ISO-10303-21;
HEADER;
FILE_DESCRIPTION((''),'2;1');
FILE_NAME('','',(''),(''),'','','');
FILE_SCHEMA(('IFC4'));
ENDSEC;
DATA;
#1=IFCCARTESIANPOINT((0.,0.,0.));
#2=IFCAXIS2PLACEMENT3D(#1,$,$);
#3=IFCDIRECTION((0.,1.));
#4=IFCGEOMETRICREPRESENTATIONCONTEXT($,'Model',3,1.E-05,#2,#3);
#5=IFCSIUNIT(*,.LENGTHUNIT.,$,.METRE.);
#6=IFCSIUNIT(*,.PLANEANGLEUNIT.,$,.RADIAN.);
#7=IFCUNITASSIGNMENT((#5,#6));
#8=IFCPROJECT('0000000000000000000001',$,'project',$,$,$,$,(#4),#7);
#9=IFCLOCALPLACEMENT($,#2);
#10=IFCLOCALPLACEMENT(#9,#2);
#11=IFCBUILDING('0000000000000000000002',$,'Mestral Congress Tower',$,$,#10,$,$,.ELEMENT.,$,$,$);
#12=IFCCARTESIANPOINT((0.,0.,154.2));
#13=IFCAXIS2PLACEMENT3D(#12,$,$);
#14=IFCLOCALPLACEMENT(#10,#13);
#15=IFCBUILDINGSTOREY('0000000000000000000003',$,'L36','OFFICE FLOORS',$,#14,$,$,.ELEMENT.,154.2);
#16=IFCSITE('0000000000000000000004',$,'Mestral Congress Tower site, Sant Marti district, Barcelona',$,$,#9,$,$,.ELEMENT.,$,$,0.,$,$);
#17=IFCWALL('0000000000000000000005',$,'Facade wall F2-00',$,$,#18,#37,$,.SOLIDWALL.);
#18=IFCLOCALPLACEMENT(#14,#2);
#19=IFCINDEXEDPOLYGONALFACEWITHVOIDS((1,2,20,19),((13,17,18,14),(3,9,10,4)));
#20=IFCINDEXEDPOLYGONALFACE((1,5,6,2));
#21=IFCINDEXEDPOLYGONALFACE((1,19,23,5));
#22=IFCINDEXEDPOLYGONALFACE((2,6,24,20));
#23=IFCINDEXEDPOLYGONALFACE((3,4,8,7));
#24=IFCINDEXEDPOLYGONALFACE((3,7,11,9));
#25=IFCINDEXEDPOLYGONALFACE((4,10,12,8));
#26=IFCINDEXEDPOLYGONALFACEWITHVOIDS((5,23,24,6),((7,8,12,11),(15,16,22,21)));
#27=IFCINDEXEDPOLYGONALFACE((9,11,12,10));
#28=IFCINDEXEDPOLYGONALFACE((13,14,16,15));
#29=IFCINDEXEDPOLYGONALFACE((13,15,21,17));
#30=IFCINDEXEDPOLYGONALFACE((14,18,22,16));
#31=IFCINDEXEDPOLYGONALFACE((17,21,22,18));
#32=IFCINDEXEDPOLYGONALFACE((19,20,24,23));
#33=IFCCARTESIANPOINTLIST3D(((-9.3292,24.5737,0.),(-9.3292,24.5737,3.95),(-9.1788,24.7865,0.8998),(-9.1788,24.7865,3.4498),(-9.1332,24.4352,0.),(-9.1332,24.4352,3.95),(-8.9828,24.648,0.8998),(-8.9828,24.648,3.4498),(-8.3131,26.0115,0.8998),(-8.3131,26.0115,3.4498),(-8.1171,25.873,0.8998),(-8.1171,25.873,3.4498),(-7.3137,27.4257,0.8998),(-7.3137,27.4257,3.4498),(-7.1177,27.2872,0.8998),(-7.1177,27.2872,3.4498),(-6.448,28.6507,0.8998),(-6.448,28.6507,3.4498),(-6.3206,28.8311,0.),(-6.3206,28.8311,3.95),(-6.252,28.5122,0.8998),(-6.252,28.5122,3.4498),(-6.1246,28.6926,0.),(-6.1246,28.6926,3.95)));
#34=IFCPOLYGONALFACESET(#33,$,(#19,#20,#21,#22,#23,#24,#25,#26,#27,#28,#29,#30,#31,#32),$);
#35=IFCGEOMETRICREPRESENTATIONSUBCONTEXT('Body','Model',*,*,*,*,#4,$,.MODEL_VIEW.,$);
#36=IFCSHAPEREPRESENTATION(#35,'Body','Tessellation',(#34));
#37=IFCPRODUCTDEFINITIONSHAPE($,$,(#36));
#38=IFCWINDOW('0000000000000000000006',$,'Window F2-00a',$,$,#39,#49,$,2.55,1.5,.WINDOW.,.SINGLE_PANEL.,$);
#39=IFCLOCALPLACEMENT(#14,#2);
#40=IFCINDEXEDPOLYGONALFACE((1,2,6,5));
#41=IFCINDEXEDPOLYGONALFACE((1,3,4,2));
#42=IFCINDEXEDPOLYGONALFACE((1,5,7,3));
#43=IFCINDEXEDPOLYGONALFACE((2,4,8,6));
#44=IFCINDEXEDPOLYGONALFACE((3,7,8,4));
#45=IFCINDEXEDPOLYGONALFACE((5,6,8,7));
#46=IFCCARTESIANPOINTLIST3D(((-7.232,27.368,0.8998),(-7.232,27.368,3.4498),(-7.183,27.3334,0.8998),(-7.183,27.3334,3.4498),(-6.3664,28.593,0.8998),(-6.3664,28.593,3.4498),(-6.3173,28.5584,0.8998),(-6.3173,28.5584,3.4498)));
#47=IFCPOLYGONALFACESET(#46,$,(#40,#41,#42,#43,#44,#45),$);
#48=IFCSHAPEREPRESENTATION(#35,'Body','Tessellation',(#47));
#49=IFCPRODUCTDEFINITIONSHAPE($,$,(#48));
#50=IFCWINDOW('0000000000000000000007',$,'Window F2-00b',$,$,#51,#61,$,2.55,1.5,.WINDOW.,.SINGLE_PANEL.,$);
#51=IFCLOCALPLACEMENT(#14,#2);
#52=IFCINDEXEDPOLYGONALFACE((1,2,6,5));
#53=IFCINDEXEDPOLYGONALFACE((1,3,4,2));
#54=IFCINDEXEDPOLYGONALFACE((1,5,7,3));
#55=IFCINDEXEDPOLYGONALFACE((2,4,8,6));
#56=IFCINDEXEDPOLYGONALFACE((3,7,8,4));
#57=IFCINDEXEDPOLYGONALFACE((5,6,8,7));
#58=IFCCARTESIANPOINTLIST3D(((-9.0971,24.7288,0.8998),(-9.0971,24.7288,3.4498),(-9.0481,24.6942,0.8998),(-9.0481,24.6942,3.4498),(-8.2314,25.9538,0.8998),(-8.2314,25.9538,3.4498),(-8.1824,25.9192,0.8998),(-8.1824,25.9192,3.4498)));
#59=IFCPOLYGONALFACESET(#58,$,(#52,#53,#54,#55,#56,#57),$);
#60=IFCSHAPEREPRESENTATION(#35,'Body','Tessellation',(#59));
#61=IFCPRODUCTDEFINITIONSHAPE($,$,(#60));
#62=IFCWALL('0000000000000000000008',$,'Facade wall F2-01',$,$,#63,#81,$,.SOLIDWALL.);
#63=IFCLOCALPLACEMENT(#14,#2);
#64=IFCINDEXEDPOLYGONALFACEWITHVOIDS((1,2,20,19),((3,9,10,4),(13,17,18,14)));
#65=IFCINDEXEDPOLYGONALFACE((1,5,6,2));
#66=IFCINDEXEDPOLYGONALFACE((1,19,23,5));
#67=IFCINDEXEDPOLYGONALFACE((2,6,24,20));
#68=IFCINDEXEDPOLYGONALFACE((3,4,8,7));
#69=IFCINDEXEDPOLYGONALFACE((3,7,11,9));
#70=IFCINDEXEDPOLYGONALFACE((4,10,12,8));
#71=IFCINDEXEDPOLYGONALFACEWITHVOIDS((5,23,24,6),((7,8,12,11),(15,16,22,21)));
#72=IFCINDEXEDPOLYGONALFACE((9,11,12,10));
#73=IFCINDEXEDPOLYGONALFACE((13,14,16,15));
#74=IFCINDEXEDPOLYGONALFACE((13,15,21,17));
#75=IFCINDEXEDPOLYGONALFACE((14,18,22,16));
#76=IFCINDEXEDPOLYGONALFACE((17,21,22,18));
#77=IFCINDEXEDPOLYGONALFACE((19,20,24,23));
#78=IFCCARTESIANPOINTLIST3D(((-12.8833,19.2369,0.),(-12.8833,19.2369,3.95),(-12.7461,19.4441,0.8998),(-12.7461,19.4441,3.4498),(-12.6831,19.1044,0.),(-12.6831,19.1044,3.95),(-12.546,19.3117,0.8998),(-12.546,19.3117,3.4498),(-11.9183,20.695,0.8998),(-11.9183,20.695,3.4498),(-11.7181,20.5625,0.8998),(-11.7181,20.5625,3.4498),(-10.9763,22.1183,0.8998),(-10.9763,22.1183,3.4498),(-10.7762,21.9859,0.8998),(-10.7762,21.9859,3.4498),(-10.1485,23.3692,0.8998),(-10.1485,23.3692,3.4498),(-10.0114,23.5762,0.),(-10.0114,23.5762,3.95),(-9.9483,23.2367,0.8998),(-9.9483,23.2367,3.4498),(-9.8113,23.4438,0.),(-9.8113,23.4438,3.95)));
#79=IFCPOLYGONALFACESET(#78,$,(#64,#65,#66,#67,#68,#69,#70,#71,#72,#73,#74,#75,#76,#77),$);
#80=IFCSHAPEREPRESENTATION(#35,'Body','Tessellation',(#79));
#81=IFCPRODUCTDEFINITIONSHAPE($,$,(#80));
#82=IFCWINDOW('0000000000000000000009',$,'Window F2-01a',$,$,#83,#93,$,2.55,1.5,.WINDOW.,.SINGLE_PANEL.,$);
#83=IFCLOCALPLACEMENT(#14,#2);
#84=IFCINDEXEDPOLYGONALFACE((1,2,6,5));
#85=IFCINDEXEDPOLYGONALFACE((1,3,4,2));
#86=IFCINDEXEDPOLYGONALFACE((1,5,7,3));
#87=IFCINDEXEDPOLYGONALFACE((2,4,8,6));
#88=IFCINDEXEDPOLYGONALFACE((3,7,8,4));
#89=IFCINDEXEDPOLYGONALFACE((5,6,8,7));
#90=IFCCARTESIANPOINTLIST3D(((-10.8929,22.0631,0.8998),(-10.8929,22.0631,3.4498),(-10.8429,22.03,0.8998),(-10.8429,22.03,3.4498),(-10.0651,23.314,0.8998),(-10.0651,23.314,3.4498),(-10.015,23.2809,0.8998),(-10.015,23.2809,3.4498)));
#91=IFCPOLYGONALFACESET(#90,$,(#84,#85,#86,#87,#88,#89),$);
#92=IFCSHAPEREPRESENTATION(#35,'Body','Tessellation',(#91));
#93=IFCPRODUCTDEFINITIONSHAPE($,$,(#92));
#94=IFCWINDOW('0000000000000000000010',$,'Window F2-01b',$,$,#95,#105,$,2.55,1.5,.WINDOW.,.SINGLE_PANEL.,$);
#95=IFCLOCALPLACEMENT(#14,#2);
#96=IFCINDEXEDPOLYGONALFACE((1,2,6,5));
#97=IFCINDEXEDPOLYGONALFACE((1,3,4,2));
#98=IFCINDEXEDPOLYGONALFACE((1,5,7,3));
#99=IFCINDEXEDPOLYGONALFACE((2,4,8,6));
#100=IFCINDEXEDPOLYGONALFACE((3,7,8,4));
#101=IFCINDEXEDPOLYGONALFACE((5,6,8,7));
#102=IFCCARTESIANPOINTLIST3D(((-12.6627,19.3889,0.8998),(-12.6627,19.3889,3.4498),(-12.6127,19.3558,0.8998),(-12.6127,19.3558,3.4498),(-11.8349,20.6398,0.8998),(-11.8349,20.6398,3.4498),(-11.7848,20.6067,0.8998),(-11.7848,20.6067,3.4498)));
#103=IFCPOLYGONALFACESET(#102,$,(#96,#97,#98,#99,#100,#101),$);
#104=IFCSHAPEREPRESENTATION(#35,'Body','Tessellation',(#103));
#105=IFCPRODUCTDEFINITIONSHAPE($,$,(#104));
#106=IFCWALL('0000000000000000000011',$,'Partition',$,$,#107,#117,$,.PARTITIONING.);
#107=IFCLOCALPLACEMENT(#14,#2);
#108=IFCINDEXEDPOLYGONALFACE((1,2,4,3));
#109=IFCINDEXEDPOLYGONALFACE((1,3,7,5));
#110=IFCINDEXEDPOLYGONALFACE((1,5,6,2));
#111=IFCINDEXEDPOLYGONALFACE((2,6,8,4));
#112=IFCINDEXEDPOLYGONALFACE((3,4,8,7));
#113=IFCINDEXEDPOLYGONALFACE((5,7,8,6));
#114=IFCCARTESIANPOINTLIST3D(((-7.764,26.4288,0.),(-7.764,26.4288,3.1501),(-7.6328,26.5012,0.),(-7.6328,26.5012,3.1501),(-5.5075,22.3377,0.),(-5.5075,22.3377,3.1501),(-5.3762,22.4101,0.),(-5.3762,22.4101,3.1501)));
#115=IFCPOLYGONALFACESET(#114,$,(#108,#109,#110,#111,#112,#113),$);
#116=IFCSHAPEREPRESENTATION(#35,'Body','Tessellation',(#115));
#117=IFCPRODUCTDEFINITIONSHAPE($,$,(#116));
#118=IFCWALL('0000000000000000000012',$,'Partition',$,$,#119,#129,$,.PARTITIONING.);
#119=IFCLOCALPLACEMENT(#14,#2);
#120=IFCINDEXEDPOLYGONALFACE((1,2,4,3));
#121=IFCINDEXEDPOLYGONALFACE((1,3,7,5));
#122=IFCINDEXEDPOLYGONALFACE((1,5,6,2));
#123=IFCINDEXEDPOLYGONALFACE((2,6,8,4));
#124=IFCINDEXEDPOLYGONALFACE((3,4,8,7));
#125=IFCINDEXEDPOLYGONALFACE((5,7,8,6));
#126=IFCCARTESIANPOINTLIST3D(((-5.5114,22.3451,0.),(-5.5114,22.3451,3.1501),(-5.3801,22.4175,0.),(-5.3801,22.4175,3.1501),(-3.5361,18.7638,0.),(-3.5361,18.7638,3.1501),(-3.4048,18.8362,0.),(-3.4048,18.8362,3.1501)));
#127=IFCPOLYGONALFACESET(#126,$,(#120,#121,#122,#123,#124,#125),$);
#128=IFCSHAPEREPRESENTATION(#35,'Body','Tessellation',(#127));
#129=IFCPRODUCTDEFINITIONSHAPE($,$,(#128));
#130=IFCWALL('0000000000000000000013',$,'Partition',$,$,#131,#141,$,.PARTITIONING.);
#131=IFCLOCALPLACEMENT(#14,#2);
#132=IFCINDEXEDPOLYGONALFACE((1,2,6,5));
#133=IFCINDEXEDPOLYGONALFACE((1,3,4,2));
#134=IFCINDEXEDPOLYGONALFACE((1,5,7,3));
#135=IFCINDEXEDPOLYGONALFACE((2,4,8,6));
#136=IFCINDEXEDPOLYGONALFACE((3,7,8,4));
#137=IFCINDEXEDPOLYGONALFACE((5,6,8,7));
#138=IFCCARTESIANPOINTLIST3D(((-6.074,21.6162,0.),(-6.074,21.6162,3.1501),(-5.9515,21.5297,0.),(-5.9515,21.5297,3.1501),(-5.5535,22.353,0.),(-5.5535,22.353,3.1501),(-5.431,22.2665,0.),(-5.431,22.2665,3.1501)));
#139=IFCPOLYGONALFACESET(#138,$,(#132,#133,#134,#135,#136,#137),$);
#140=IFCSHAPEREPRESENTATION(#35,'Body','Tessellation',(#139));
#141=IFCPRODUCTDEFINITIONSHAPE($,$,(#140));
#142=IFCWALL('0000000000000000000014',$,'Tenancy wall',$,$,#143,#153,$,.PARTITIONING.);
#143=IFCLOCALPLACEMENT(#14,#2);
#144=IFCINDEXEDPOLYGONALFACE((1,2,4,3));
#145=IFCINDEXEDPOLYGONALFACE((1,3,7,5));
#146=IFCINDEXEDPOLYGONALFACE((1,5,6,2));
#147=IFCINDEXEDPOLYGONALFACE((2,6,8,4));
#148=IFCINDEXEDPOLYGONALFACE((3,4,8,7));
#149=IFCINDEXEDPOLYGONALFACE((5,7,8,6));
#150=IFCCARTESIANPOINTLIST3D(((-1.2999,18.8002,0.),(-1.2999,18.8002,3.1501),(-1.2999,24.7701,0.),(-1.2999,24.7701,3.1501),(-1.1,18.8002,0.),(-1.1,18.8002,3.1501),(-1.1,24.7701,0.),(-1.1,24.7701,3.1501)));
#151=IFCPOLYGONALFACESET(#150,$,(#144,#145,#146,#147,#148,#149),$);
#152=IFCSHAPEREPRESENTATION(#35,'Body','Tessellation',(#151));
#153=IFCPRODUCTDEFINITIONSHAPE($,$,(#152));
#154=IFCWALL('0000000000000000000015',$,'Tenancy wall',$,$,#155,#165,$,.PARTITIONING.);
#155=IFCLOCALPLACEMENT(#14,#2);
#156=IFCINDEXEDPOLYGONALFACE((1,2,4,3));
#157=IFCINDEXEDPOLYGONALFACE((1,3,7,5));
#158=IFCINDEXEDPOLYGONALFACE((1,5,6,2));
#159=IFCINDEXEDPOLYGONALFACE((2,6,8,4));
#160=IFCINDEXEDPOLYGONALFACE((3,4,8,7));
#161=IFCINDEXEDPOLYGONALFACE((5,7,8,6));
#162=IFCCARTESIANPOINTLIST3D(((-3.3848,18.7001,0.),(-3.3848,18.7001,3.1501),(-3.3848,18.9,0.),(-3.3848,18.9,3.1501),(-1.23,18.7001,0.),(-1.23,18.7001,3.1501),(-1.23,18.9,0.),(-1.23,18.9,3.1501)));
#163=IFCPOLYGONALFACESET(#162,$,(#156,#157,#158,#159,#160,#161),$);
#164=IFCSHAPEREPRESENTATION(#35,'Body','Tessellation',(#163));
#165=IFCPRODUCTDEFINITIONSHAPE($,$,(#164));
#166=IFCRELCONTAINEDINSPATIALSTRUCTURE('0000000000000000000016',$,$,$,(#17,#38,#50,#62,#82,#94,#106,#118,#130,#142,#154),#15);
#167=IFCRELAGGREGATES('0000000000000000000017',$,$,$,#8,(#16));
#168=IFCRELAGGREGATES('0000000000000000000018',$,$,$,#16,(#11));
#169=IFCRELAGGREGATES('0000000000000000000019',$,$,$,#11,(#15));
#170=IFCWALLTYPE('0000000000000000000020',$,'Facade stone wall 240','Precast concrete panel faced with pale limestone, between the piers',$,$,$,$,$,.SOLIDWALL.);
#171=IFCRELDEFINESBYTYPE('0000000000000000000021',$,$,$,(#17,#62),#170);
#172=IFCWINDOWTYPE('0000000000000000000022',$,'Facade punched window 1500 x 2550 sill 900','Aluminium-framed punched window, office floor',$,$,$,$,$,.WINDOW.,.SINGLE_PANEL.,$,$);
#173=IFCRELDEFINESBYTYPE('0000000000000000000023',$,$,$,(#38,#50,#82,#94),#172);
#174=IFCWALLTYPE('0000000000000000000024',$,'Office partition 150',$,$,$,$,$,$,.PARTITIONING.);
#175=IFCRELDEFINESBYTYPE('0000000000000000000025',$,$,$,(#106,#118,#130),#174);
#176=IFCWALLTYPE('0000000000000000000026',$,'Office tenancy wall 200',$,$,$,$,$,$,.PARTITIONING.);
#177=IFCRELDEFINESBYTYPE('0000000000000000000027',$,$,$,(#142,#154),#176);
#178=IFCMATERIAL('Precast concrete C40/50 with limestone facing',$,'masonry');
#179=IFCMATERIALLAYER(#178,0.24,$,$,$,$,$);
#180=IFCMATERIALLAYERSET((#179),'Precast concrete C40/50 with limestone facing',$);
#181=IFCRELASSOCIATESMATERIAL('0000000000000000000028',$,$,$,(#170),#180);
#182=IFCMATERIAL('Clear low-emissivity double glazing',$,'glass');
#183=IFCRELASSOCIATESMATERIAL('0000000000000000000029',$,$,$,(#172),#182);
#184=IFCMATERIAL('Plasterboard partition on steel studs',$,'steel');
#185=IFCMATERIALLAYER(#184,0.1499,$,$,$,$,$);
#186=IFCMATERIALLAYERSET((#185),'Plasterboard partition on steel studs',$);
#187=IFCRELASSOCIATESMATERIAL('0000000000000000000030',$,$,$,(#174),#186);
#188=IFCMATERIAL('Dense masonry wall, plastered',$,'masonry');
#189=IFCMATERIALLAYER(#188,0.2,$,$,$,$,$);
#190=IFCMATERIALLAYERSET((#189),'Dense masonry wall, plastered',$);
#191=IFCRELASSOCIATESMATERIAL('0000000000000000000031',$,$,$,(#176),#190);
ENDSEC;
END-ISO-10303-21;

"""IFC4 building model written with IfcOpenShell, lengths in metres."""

from ifc_helpers import new_model, si_unit, direction, frame, frame_2d, origin, place, context, subcontext, project, spatial, rectangle, extrude, material, layer, layer_set, type_object, element, fill, save


model = new_model("IFC4")

# Units and contexts
model_context = context("Model", 3, precision=1e-05, world=origin(), true_north=direction((0.0, 1.0)))
body_context = subcontext(model_context, "Body", "Model", "MODEL_VIEW")
ifc_project = project(units=[si_unit("LENGTHUNIT", "METRE"), si_unit("PLANEANGLEUNIT", "RADIAN")], contexts=[model_context])

# Site, building, storey
site_placement = place(None, origin())
site = spatial("IfcSite", under=ifc_project, at=site_placement, Name="Mestral Congress Tower site, Sant Marti district, Barcelona", CompositionType="ELEMENT", RefElevation=0.0)
building_placement = place(site_placement, origin())
building = spatial("IfcBuilding", under=site, at=building_placement, Name="Mestral Congress Tower", CompositionType="ELEMENT")
storey_placement = place(building_placement, frame((0.0, 0.0, 154.2)))
storey = spatial("IfcBuildingStorey", under=building, at=storey_placement, Name="L36", Description="OFFICE FLOORS", CompositionType="ELEMENT", Elevation=154.2)

# Shared definitions
ifc_material_1 = material(Name="Precast concrete C40/50 with limestone facing", Category="masonry")
ifc_layer_1 = layer(ifc_material_1, 0.24)
ifc_layer_set_1 = layer_set([ifc_layer_1], Name="Precast concrete C40/50 with limestone facing")
wall_type_1 = type_object("IfcWallType", Name="Facade stone wall 240", Description="Precast concrete panel faced with pale limestone, between the piers", PredefinedType="SOLIDWALL", material=ifc_layer_set_1)
ifc_material_2 = material(Name="Clear low-emissivity double glazing", Category="glass")

# Walls, openings, windows
wall_1_placement = place(storey_placement, frame((-6.2227, 28.7617, 0.0), z_axis=(0.0, 0.0, 1.0), x_axis=(-0.577115, -0.816663, 0.0)))
wall_1 = element("IfcWall", 1, at=wall_1_placement, inside=storey, type_object=wall_type_1, Name="Facade wall F2-00", PredefinedType="SOLIDWALL", context=body_context, shape_type="SweptSolid", body=[
    extrude(rectangle(XDim=5.2131, YDim=0.24, at=frame_2d((2.6064, 0.0))), origin(), (0.0, 0.0, 1.0), 3.95),
])
opening_1_placement = place(wall_1_placement, frame((0.2207, 0.0, 0.8999)))
opening_1 = element("IfcOpeningElement", 2, at=opening_1_placement, cuts=wall_1, PredefinedType="OPENING", context=body_context, shape_type="SweptSolid", body=[
    extrude(rectangle(XDim=1.5, YDim=2.55, at=frame_2d((0.75, 1.2749))), frame((0.0, 0.1299, 0.0), z_axis=(0.0, -1.0, 0.0), x_axis=(1.0, 0.0, 0.0)), (0.0, 0.0, 1.0), 0.26),
])
opening_2_placement = place(wall_1_placement, frame((3.4524, 0.0, 0.8999)))
opening_2 = element("IfcOpeningElement", 3, at=opening_2_placement, cuts=wall_1, PredefinedType="OPENING", context=body_context, shape_type="SweptSolid", body=[
    extrude(rectangle(XDim=1.5, YDim=2.55, at=frame_2d((0.75, 1.2749))), frame((0.0, 0.1299, 0.0), z_axis=(0.0, -1.0, 0.0), x_axis=(1.0, 0.0, 0.0)), (0.0, 0.0, 1.0), 0.26),
])
window_type_1 = type_object("IfcWindowType", Name="Facade punched window 1500 x 2550 sill 900", Description="Aluminium-framed punched window, office floor", PartitioningType="SINGLE_PANEL", PredefinedType="WINDOW", material=ifc_material_2)
window_1_placement = place(opening_1_placement, origin())
window_1 = element("IfcWindow", 4, at=window_1_placement, inside=storey, type_object=window_type_1, Name="Window F2-00a", OverallHeight=2.55, OverallWidth=1.5, PartitioningType="SINGLE_PANEL", PredefinedType="WINDOW", context=body_context, shape_type="SweptSolid", body=[
    extrude(rectangle(XDim=1.5, YDim=2.55, at=frame_2d((0.75, 1.2749))), frame((0.0, 0.04, 0.0), z_axis=(0.0, -1.0, 0.0), x_axis=(1.0, 0.0, 0.0)), (0.0, 0.0, 1.0), 0.0601),
])
fill(opening_1, window_1)
window_2_placement = place(opening_2_placement, origin())
window_2 = element("IfcWindow", 5, at=window_2_placement, inside=storey, type_object=window_type_1, Name="Window F2-00b", OverallHeight=2.55, OverallWidth=1.5, PartitioningType="SINGLE_PANEL", PredefinedType="WINDOW", context=body_context, shape_type="SweptSolid", body=[
    extrude(rectangle(XDim=1.5, YDim=2.55, at=frame_2d((0.75, 1.2749))), frame((0.0, 0.04, 0.0), z_axis=(0.0, -1.0, 0.0), x_axis=(1.0, 0.0, 0.0)), (0.0, 0.0, 1.0), 0.0601),
])
fill(opening_2, window_2)
wall_2_placement = place(storey_placement, frame((-9.9114, 23.51, 0.0), z_axis=(0.0, 0.0, 1.0), x_axis=(-0.551893, -0.833915, 0.0)))
wall_2 = element("IfcWall", 6, at=wall_2_placement, inside=storey, type_object=wall_type_1, Name="Facade wall F2-01", PredefinedType="SOLIDWALL", context=body_context, shape_type="SweptSolid", body=[
    extrude(rectangle(XDim=5.2036, YDim=0.24, at=frame_2d((2.6018, 0.0))), origin(), (0.0, 0.0, 1.0), 3.95),
])
opening_3_placement = place(wall_2_placement, frame((0.2483, 0.0, 0.8999)))
opening_3 = element("IfcOpeningElement", 7, at=opening_3_placement, cuts=wall_2, PredefinedType="OPENING", context=body_context, shape_type="SweptSolid", body=[
    extrude(rectangle(XDim=1.5, YDim=2.55, at=frame_2d((0.75, 1.2749))), frame((0.0, 0.1299, 0.0), z_axis=(0.0, -1.0, 0.0), x_axis=(1.0, 0.0, 0.0)), (0.0, 0.0, 1.0), 0.26),
])
opening_4_placement = place(wall_2_placement, frame((3.4551, 0.0, 0.8999)))
opening_4 = element("IfcOpeningElement", 8, at=opening_4_placement, cuts=wall_2, PredefinedType="OPENING", context=body_context, shape_type="SweptSolid", body=[
    extrude(rectangle(XDim=1.5, YDim=2.55, at=frame_2d((0.75, 1.2749))), frame((0.0, 0.1299, 0.0), z_axis=(0.0, -1.0, 0.0), x_axis=(1.0, 0.0, 0.0)), (0.0, 0.0, 1.0), 0.26),
])
window_3_placement = place(opening_3_placement, origin())
window_3 = element("IfcWindow", 9, at=window_3_placement, inside=storey, type_object=window_type_1, Name="Window F2-01a", OverallHeight=2.55, OverallWidth=1.5, PartitioningType="SINGLE_PANEL", PredefinedType="WINDOW", context=body_context, shape_type="SweptSolid", body=[
    extrude(rectangle(XDim=1.5, YDim=2.55, at=frame_2d((0.75, 1.2749))), frame((0.0, 0.04, 0.0), z_axis=(0.0, -1.0, 0.0), x_axis=(1.0, 0.0, 0.0)), (0.0, 0.0, 1.0), 0.0601),
])
fill(opening_3, window_3)
window_4_placement = place(opening_4_placement, origin())
window_4 = element("IfcWindow", 10, at=window_4_placement, inside=storey, type_object=window_type_1, Name="Window F2-01b", OverallHeight=2.55, OverallWidth=1.5, PartitioningType="SINGLE_PANEL", PredefinedType="WINDOW", context=body_context, shape_type="SweptSolid", body=[
    extrude(rectangle(XDim=1.5, YDim=2.55, at=frame_2d((0.75, 1.2749))), frame((0.0, 0.04, 0.0), z_axis=(0.0, -1.0, 0.0), x_axis=(1.0, 0.0, 0.0)), (0.0, 0.0, 1.0), 0.0601),
])
fill(opening_4, window_4)

# Walls
ifc_material_3 = material(Name="Plasterboard partition on steel studs", Category="steel")
ifc_layer_2 = layer(ifc_material_3, 0.1499)
ifc_layer_set_2 = layer_set([ifc_layer_2], Name="Plasterboard partition on steel studs")
wall_type_2 = type_object("IfcWallType", Name="Office partition 150", PredefinedType="PARTITIONING", material=ifc_layer_set_2)
wall_3_placement = place(storey_placement, frame((-5.4419, 22.374, 0.0), z_axis=(0.0, 0.0, 1.0), x_axis=(-0.482988, 0.875627, 0.0)))
element("IfcWall", 11, at=wall_3_placement, inside=storey, type_object=wall_type_2, Name="Partition", PredefinedType="PARTITIONING", context=body_context, shape_type="SweptSolid", body=[
    extrude(rectangle(XDim=4.6721, YDim=0.1499, at=frame_2d((2.3359, 0.0))), origin(), (0.0, 0.0, 1.0), 3.1501),
])
wall_4_placement = place(storey_placement, frame((-3.4705, 18.8, 0.0), z_axis=(0.0, 0.0, 1.0), x_axis=(-0.482975, 0.875634, 0.0)))
element("IfcWall", 12, at=wall_4_placement, inside=storey, type_object=wall_type_2, Name="Partition", PredefinedType="PARTITIONING", context=body_context, shape_type="SweptSolid", body=[
    extrude(rectangle(XDim=4.0898, YDim=0.1499, at=frame_2d((2.0449, 0.0))), origin(), (0.0, 0.0, 1.0), 3.1501),
])
wall_5_placement = place(storey_placement, frame((-5.4922, 22.3098, 0.0), z_axis=(0.0, 0.0, 1.0), x_axis=(-0.576981, -0.816758, 0.0)))
element("IfcWall", 13, at=wall_5_placement, inside=storey, type_object=wall_type_2, Name="Partition", PredefinedType="PARTITIONING", context=body_context, shape_type="SweptSolid", body=[
    extrude(rectangle(XDim=0.9021, YDim=0.1499, at=frame_2d((0.4512, 0.0))), origin(), (0.0, 0.0, 1.0), 3.1501),
])
ifc_material_4 = material(Name="Dense masonry wall, plastered", Category="masonry")
ifc_layer_3 = layer(ifc_material_4, 0.2)
ifc_layer_set_3 = layer_set([ifc_layer_3], Name="Dense masonry wall, plastered")
wall_type_3 = type_object("IfcWallType", Name="Office tenancy wall 200", PredefinedType="PARTITIONING", material=ifc_layer_set_3)
wall_6_placement = place(storey_placement, frame((-1.2, 24.77, 0.0), z_axis=(0.0, 0.0, 1.0), x_axis=(0.0, -1.0, 0.0)))
element("IfcWall", 14, at=wall_6_placement, inside=storey, type_object=wall_type_3, Name="Tenancy wall", PredefinedType="PARTITIONING", context=body_context, shape_type="SweptSolid", body=[
    extrude(rectangle(XDim=5.97, YDim=0.2, at=frame_2d((2.9849, 0.0))), origin(), (0.0, 0.0, 1.0), 3.1501),
])
wall_7_placement = place(storey_placement, frame((-1.23, 18.8, 0.0), z_axis=(0.0, 0.0, 1.0), x_axis=(-1.0, 0.0, 0.0)))
element("IfcWall", 15, at=wall_7_placement, inside=storey, type_object=wall_type_3, Name="Tenancy wall", PredefinedType="PARTITIONING", context=body_context, shape_type="SweptSolid", body=[
    extrude(rectangle(XDim=2.1548, YDim=0.2, at=frame_2d((1.0774, 0.0))), origin(), (0.0, 0.0, 1.0), 3.1501),
])

save(model, "model.ifc")
